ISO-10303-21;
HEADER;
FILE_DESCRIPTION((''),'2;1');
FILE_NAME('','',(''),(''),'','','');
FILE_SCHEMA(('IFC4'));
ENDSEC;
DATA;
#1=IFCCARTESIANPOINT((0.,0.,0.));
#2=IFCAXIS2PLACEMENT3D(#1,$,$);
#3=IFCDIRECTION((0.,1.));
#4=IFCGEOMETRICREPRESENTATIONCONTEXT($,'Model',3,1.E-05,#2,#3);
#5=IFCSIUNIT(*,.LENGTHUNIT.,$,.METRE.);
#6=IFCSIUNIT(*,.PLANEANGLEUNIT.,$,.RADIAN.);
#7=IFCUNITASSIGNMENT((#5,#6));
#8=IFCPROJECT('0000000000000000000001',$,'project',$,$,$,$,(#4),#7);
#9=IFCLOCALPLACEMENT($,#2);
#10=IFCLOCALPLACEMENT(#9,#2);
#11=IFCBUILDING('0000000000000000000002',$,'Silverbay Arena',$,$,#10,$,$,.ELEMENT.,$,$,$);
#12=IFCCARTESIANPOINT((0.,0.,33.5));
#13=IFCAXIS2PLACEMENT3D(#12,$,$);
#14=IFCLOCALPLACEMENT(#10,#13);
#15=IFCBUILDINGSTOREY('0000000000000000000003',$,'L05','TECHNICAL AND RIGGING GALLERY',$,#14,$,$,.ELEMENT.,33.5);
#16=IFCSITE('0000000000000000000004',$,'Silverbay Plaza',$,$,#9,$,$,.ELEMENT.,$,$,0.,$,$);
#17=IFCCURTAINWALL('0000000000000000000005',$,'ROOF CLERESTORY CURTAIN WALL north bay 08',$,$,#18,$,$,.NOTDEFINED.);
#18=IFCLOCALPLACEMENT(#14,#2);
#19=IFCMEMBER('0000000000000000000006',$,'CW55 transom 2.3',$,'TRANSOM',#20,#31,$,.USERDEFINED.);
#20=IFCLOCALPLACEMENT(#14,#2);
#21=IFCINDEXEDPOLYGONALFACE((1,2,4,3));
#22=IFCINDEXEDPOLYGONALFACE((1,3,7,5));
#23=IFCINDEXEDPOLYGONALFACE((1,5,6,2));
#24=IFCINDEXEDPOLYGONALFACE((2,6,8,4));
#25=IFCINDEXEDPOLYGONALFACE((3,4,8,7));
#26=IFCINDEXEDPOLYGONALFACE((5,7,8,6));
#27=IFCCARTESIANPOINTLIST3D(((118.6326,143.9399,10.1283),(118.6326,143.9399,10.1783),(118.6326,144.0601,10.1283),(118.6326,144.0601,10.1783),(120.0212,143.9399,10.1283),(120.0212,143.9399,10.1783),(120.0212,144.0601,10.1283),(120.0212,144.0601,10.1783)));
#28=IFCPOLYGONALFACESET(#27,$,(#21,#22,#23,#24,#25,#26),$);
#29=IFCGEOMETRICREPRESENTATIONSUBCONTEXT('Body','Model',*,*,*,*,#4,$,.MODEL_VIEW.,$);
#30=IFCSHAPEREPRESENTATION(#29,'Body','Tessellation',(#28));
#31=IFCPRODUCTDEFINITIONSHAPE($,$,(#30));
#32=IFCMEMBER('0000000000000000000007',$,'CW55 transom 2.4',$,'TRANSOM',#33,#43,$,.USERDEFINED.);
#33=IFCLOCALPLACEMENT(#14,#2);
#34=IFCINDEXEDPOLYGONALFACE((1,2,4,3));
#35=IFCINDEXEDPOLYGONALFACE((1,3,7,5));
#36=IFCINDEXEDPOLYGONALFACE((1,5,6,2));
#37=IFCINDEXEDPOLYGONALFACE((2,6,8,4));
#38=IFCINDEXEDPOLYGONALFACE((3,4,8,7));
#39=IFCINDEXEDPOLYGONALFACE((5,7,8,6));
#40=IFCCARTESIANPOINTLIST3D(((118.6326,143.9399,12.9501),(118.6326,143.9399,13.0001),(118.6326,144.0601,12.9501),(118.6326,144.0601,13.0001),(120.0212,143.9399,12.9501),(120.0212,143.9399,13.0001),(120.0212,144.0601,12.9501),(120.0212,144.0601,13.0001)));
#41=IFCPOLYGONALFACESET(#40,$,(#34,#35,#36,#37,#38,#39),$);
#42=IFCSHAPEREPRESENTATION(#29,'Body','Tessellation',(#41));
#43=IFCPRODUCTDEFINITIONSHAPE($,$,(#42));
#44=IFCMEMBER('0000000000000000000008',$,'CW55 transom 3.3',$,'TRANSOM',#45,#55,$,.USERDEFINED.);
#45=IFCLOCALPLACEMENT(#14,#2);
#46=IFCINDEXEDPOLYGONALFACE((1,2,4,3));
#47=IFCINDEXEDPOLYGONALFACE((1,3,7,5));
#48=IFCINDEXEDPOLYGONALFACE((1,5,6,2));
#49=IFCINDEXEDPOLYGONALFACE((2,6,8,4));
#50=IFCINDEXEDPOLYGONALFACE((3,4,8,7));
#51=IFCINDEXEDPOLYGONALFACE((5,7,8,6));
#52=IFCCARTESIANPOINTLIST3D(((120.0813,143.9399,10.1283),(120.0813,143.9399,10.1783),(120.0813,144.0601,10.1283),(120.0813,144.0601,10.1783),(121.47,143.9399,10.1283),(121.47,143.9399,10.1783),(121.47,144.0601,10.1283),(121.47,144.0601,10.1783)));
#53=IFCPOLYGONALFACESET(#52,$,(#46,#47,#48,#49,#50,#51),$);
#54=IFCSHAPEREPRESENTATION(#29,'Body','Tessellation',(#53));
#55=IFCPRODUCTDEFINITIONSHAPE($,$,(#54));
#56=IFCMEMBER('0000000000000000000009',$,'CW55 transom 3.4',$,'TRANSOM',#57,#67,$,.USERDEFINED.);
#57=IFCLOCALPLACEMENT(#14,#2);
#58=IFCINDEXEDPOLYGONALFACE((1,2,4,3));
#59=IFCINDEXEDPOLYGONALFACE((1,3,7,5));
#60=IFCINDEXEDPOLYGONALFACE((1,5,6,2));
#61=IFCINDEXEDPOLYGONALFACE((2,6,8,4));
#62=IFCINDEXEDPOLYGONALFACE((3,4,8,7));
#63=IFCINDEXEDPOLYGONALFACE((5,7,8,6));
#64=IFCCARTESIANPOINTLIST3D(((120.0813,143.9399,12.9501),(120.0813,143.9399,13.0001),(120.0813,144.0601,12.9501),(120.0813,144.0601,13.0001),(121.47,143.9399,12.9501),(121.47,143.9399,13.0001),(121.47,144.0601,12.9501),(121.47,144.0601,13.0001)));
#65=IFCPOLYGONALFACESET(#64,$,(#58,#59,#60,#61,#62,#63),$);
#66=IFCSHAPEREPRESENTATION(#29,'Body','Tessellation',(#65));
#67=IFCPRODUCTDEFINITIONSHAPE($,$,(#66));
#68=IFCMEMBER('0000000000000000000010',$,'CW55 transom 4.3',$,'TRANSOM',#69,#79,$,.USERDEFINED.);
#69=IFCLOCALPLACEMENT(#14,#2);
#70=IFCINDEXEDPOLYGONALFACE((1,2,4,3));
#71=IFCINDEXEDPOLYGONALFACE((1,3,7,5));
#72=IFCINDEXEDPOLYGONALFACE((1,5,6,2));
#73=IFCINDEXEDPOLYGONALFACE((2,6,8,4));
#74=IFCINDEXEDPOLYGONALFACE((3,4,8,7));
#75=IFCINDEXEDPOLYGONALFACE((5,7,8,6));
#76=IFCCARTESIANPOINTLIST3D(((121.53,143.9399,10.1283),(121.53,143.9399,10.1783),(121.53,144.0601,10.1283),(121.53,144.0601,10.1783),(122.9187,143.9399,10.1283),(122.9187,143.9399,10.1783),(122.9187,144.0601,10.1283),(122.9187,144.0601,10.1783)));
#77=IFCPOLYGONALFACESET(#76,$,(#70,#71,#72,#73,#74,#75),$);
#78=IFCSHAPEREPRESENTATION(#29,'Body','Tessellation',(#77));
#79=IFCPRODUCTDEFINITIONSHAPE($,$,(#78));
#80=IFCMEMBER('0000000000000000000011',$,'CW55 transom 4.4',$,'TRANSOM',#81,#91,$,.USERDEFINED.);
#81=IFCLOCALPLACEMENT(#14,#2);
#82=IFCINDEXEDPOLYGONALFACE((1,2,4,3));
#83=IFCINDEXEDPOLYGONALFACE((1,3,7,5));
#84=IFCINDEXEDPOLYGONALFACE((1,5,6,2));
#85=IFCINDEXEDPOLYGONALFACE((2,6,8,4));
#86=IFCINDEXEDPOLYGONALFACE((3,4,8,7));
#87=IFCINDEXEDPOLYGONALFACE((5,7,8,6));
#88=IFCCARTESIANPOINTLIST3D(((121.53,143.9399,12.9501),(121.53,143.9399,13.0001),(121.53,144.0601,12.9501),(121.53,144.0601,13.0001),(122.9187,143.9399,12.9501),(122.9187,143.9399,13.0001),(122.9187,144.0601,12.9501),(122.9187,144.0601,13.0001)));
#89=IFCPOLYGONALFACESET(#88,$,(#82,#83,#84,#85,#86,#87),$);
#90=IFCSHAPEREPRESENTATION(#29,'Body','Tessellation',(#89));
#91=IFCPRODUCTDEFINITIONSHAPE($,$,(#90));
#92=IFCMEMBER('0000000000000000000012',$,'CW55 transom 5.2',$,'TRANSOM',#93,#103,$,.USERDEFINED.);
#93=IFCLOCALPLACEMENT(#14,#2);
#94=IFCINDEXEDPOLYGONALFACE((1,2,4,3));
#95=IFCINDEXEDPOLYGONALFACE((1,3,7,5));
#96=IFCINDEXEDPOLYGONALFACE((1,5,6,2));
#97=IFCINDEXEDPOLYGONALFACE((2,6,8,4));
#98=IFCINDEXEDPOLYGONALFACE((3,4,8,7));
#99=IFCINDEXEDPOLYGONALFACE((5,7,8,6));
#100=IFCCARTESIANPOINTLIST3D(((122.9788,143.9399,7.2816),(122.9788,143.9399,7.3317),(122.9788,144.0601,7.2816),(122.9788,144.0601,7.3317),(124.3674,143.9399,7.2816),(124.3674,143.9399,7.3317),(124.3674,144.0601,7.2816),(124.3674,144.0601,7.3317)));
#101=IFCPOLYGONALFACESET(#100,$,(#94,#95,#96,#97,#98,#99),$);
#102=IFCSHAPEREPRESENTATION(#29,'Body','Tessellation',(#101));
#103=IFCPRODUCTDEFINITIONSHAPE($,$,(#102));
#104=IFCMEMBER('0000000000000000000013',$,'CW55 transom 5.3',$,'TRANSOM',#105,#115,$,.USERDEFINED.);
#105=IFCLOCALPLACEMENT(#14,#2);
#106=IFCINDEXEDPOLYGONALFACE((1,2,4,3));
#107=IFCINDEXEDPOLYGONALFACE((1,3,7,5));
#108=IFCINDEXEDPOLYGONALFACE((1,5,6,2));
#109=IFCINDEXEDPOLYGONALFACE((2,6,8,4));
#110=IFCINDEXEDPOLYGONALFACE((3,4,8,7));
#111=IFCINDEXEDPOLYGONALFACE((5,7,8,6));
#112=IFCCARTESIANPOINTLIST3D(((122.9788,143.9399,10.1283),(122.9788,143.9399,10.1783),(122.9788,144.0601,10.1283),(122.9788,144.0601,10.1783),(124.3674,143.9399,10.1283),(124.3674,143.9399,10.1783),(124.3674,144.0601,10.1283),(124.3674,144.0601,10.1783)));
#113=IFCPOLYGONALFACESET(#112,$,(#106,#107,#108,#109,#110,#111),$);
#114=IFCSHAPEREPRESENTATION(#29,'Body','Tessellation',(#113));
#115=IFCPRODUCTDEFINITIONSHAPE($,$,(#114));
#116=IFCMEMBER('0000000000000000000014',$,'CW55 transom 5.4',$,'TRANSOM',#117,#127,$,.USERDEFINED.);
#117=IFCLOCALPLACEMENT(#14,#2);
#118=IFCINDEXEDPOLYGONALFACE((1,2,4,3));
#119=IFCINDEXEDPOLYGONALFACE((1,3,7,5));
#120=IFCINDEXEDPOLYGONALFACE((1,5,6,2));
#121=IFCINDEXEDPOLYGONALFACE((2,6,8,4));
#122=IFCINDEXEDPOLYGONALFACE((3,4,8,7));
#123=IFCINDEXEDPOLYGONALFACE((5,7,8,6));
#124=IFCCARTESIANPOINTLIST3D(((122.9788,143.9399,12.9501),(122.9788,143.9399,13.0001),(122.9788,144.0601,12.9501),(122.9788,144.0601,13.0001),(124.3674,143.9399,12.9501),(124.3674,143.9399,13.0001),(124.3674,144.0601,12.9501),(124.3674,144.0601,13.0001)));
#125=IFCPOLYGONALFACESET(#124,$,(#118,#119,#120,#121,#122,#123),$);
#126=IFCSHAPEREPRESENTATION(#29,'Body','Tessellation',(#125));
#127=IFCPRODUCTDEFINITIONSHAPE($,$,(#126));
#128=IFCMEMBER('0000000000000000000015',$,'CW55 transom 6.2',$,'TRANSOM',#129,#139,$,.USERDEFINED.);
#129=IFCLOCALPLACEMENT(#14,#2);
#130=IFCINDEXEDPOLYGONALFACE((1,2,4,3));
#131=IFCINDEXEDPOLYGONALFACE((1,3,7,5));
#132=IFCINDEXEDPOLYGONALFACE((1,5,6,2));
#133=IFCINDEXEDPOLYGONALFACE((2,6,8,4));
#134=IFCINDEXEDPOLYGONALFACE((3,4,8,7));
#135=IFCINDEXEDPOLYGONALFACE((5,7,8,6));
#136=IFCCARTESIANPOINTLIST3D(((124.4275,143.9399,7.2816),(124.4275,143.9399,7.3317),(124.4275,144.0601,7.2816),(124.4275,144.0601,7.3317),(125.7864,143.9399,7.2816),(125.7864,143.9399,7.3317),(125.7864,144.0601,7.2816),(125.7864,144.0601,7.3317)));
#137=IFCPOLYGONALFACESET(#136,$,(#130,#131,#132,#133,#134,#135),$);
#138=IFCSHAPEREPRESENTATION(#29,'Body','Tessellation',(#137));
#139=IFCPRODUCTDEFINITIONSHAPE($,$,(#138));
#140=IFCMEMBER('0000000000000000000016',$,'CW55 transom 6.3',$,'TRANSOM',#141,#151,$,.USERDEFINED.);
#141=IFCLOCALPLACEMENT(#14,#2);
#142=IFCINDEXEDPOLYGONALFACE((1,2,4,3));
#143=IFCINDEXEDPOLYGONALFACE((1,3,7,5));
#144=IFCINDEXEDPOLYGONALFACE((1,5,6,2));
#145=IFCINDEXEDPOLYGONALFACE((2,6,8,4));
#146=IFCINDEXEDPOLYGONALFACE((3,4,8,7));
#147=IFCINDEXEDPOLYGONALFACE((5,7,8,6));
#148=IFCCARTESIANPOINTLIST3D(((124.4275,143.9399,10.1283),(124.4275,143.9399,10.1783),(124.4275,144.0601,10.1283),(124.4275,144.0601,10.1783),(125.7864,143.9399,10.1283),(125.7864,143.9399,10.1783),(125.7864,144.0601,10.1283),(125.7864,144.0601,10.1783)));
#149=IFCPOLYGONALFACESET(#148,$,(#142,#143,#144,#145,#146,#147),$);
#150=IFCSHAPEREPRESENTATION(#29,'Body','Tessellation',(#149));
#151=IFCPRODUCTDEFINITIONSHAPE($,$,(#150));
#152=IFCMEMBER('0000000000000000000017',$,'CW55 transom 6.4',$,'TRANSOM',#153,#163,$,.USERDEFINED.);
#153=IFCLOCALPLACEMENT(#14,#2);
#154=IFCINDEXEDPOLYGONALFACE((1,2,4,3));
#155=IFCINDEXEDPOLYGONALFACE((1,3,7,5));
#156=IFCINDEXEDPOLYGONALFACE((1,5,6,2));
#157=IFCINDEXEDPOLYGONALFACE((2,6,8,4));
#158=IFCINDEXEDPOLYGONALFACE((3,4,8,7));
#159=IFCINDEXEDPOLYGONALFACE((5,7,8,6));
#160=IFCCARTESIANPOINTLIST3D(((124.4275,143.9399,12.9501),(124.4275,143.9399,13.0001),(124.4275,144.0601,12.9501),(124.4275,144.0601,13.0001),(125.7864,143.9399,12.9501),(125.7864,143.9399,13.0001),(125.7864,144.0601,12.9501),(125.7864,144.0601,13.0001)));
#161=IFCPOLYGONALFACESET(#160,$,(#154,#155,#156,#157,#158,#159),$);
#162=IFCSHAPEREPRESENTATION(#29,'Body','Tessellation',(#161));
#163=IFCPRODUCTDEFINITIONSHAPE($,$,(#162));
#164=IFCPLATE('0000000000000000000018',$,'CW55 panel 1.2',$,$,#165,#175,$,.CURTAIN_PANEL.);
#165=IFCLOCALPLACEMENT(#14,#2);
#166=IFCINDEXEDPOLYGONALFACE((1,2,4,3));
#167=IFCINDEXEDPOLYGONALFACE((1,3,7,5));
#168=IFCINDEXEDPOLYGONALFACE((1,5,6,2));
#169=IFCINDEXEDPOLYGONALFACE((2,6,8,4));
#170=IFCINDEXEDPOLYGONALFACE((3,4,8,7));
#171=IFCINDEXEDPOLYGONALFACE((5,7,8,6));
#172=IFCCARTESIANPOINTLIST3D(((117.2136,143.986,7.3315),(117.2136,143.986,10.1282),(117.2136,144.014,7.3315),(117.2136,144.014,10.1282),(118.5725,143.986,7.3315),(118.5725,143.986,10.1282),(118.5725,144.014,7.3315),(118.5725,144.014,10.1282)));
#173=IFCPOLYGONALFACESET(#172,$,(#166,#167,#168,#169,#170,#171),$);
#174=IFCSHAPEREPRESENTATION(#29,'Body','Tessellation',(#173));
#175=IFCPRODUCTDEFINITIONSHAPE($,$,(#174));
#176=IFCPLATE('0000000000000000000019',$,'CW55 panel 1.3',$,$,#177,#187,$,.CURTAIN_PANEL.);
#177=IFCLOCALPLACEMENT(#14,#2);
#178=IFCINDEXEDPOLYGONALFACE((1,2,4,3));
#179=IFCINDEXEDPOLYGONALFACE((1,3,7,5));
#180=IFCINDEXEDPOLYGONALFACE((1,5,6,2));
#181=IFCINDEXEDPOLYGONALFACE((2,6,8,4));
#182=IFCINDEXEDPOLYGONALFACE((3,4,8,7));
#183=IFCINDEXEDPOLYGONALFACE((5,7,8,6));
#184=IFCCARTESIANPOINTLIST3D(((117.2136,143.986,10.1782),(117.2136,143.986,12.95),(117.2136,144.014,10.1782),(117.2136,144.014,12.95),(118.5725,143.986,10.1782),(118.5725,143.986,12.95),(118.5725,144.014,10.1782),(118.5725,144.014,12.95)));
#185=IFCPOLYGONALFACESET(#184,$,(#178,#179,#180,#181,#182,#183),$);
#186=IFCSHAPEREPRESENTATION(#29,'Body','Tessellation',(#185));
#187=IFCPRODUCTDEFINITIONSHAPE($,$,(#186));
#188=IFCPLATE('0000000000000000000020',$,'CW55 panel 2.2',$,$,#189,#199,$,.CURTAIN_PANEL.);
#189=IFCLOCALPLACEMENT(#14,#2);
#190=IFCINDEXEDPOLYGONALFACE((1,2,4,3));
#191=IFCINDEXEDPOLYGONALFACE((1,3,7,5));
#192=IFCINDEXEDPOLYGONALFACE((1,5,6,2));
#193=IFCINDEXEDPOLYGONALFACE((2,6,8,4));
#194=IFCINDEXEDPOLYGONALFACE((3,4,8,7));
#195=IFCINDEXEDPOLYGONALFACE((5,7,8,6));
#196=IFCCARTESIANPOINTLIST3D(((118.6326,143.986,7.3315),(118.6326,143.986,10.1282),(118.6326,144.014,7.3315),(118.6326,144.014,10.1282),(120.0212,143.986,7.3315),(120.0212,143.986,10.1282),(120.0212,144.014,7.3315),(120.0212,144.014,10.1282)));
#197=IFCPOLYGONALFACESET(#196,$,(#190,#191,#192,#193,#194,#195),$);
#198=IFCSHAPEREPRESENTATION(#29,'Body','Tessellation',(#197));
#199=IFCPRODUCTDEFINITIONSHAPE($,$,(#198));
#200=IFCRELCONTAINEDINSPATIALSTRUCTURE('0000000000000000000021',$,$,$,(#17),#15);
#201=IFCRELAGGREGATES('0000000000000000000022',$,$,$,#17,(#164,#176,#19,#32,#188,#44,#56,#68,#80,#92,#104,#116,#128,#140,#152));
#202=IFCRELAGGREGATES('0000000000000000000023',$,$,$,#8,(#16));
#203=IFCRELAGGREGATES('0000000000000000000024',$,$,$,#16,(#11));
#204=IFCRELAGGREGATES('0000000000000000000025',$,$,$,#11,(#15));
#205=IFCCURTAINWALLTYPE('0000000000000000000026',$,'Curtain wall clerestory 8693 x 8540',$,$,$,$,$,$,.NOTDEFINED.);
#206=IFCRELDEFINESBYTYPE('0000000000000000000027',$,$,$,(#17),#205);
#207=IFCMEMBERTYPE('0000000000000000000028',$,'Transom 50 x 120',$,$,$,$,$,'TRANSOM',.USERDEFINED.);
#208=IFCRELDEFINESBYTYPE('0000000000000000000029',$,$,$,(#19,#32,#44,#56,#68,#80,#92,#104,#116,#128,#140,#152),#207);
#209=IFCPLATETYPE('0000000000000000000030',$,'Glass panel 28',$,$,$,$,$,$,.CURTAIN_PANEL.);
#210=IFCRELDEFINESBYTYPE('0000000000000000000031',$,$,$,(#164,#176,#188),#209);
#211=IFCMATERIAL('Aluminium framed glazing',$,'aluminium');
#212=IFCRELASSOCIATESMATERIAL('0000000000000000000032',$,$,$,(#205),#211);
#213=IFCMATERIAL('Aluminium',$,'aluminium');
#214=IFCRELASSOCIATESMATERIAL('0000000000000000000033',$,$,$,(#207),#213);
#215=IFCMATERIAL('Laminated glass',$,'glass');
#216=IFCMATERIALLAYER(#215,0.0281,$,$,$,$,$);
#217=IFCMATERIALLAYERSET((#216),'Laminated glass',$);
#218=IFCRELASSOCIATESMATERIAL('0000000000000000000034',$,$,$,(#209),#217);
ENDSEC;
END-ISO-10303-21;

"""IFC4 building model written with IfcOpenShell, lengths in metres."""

from ifc_helpers import new_model, si_unit, direction, frame, origin, origin_2d, place, context, subcontext, project, spatial, rectangle, extrude, material, layer, layer_set, material_profile, profile_set, type_object, element, aggregate, save


model = new_model("IFC4")

# Units and contexts
model_context = context("Model", 3, precision=1e-05, world=origin(), true_north=direction((0.0, 1.0)))
body_context = subcontext(model_context, "Body", "Model", "MODEL_VIEW")
ifc_project = project(units=[si_unit("LENGTHUNIT", "METRE"), si_unit("PLANEANGLEUNIT", "RADIAN")], contexts=[model_context])

# Site, building, storey
site_placement = place(None, origin())
site = spatial("IfcSite", under=ifc_project, at=site_placement, Name="Silverbay Plaza", CompositionType="ELEMENT", RefElevation=0.0)
building_placement = place(site_placement, origin())
building = spatial("IfcBuilding", under=site, at=building_placement, Name="Silverbay Arena", CompositionType="ELEMENT")
storey_placement = place(building_placement, frame((0.0, 0.0, 33.5)))
storey = spatial("IfcBuildingStorey", under=building, at=storey_placement, Name="L05", Description="TECHNICAL AND RIGGING GALLERY", CompositionType="ELEMENT", Elevation=33.5)

# Curtain wall, members, plates
ifc_material_1 = material(Name="Aluminium framed glazing", Category="aluminium")
curtain_wall_type = type_object("IfcCurtainWallType", Name="Curtain wall clerestory 8693 x 8540", PredefinedType="NOTDEFINED", material=ifc_material_1)
curtain_wall_placement = place(storey_placement, origin())
curtain_wall = element("IfcCurtainWall", 1, at=curtain_wall_placement, inside=storey, type_object=curtain_wall_type, Name="ROOF CLERESTORY CURTAIN WALL north bay 08", PredefinedType="NOTDEFINED")
ifc_material_2 = material(Name="Aluminium", Category="aluminium")
ifc_material_profile_1 = material_profile(ifc_material_2, rectangle(XDim=0.1201, YDim=0.05, at=origin_2d()), Name="Transom 50 x 120")
ifc_profile_set_1 = profile_set([ifc_material_profile_1], Name="Aluminium")
member_type_1 = type_object("IfcMemberType", Name="Transom 50 x 120", ElementType="TRANSOM", PredefinedType="USERDEFINED", material=ifc_profile_set_1)
member_1_placement = place(storey_placement, frame((118.6326, 144.0, 10.1533), z_axis=(1.0, 0.0, 0.0), x_axis=(0.0, 1.0, 0.0)))
member_1 = element("IfcMember", 2, at=member_1_placement, type_object=member_type_1, Name="CW55 transom 2.3", ObjectType="TRANSOM", PredefinedType="USERDEFINED", context=body_context, shape_type="SweptSolid", body=[
    extrude(rectangle(XDim=0.1201, YDim=0.05, at=origin_2d()), origin(), (0.0, 0.0, 1.0), 1.3887),
])
member_2_placement = place(storey_placement, frame((118.6326, 144.0, 12.9751), z_axis=(1.0, 0.0, 0.0), x_axis=(0.0, 1.0, 0.0)))
member_2 = element("IfcMember", 3, at=member_2_placement, type_object=member_type_1, Name="CW55 transom 2.4", ObjectType="TRANSOM", PredefinedType="USERDEFINED", context=body_context, shape_type="SweptSolid", body=[
    extrude(rectangle(XDim=0.1201, YDim=0.05, at=origin_2d()), origin(), (0.0, 0.0, 1.0), 1.3887),
])
member_3_placement = place(storey_placement, frame((120.0813, 144.0, 10.1533), z_axis=(1.0, 0.0, 0.0), x_axis=(0.0, 1.0, 0.0)))
member_3 = element("IfcMember", 4, at=member_3_placement, type_object=member_type_1, Name="CW55 transom 3.3", ObjectType="TRANSOM", PredefinedType="USERDEFINED", context=body_context, shape_type="SweptSolid", body=[
    extrude(rectangle(XDim=0.1201, YDim=0.05, at=origin_2d()), origin(), (0.0, 0.0, 1.0), 1.3887),
])
member_4_placement = place(storey_placement, frame((120.0813, 144.0, 12.9751), z_axis=(1.0, 0.0, 0.0), x_axis=(0.0, 1.0, 0.0)))
member_4 = element("IfcMember", 5, at=member_4_placement, type_object=member_type_1, Name="CW55 transom 3.4", ObjectType="TRANSOM", PredefinedType="USERDEFINED", context=body_context, shape_type="SweptSolid", body=[
    extrude(rectangle(XDim=0.1201, YDim=0.05, at=origin_2d()), origin(), (0.0, 0.0, 1.0), 1.3887),
])
member_5_placement = place(storey_placement, frame((121.53, 144.0, 10.1533), z_axis=(1.0, 0.0, 0.0), x_axis=(0.0, 1.0, 0.0)))
member_5 = element("IfcMember", 6, at=member_5_placement, type_object=member_type_1, Name="CW55 transom 4.3", ObjectType="TRANSOM", PredefinedType="USERDEFINED", context=body_context, shape_type="SweptSolid", body=[
    extrude(rectangle(XDim=0.1201, YDim=0.05, at=origin_2d()), origin(), (0.0, 0.0, 1.0), 1.3887),
])
member_6_placement = place(storey_placement, frame((121.53, 144.0, 12.9751), z_axis=(1.0, 0.0, 0.0), x_axis=(0.0, 1.0, 0.0)))
member_6 = element("IfcMember", 7, at=member_6_placement, type_object=member_type_1, Name="CW55 transom 4.4", ObjectType="TRANSOM", PredefinedType="USERDEFINED", context=body_context, shape_type="SweptSolid", body=[
    extrude(rectangle(XDim=0.1201, YDim=0.05, at=origin_2d()), origin(), (0.0, 0.0, 1.0), 1.3887),
])
member_7_placement = place(storey_placement, frame((122.9788, 144.0, 7.3066), z_axis=(1.0, 0.0, 0.0), x_axis=(0.0, 1.0, 0.0)))
member_7 = element("IfcMember", 8, at=member_7_placement, type_object=member_type_1, Name="CW55 transom 5.2", ObjectType="TRANSOM", PredefinedType="USERDEFINED", context=body_context, shape_type="SweptSolid", body=[
    extrude(rectangle(XDim=0.1201, YDim=0.05, at=origin_2d()), origin(), (0.0, 0.0, 1.0), 1.3887),
])
member_8_placement = place(storey_placement, frame((122.9788, 144.0, 10.1533), z_axis=(1.0, 0.0, 0.0), x_axis=(0.0, 1.0, 0.0)))
member_8 = element("IfcMember", 9, at=member_8_placement, type_object=member_type_1, Name="CW55 transom 5.3", ObjectType="TRANSOM", PredefinedType="USERDEFINED", context=body_context, shape_type="SweptSolid", body=[
    extrude(rectangle(XDim=0.1201, YDim=0.05, at=origin_2d()), origin(), (0.0, 0.0, 1.0), 1.3887),
])
member_9_placement = place(storey_placement, frame((122.9788, 144.0, 12.9751), z_axis=(1.0, 0.0, 0.0), x_axis=(0.0, 1.0, 0.0)))
member_9 = element("IfcMember", 10, at=member_9_placement, type_object=member_type_1, Name="CW55 transom 5.4", ObjectType="TRANSOM", PredefinedType="USERDEFINED", context=body_context, shape_type="SweptSolid", body=[
    extrude(rectangle(XDim=0.1201, YDim=0.05, at=origin_2d()), origin(), (0.0, 0.0, 1.0), 1.3887),
])
member_10_placement = place(storey_placement, frame((124.4275, 144.0, 7.3066), z_axis=(1.0, 0.0, 0.0), x_axis=(0.0, 1.0, 0.0)))
member_10 = element("IfcMember", 11, at=member_10_placement, type_object=member_type_1, Name="CW55 transom 6.2", ObjectType="TRANSOM", PredefinedType="USERDEFINED", context=body_context, shape_type="SweptSolid", body=[
    extrude(rectangle(XDim=0.1201, YDim=0.05, at=origin_2d()), origin(), (0.0, 0.0, 1.0), 1.3589),
])
member_11_placement = place(storey_placement, frame((124.4275, 144.0, 10.1533), z_axis=(1.0, 0.0, 0.0), x_axis=(0.0, 1.0, 0.0)))
member_11 = element("IfcMember", 12, at=member_11_placement, type_object=member_type_1, Name="CW55 transom 6.3", ObjectType="TRANSOM", PredefinedType="USERDEFINED", context=body_context, shape_type="SweptSolid", body=[
    extrude(rectangle(XDim=0.1201, YDim=0.05, at=origin_2d()), origin(), (0.0, 0.0, 1.0), 1.3589),
])
member_12_placement = place(storey_placement, frame((124.4275, 144.0, 12.9751), z_axis=(1.0, 0.0, 0.0), x_axis=(0.0, 1.0, 0.0)))
member_12 = element("IfcMember", 13, at=member_12_placement, type_object=member_type_1, Name="CW55 transom 6.4", ObjectType="TRANSOM", PredefinedType="USERDEFINED", context=body_context, shape_type="SweptSolid", body=[
    extrude(rectangle(XDim=0.1201, YDim=0.05, at=origin_2d()), origin(), (0.0, 0.0, 1.0), 1.3589),
])
ifc_material_3 = material(Name="Laminated glass", Category="glass")
ifc_layer = layer(ifc_material_3, 0.0281)
ifc_layer_set = layer_set([ifc_layer], Name="Laminated glass")
plate_type = type_object("IfcPlateType", Name="Glass panel 28", PredefinedType="CURTAIN_PANEL", material=ifc_layer_set)
plate_1_placement = place(storey_placement, frame((117.8931, 144.0, 7.3315), z_axis=(0.0, 0.0, 1.0), x_axis=(1.0, 0.0, 0.0)))
plate_1 = element("IfcPlate", 14, at=plate_1_placement, type_object=plate_type, Name="CW55 panel 1.2", PredefinedType="CURTAIN_PANEL", context=body_context, shape_type="SweptSolid", body=[
    extrude(rectangle(XDim=1.3589, YDim=0.0281, at=origin_2d()), origin(), (0.0, 0.0, 1.0), 2.7966),
])
plate_2_placement = place(storey_placement, frame((117.8931, 144.0, 10.1782), z_axis=(0.0, 0.0, 1.0), x_axis=(1.0, 0.0, 0.0)))
plate_2 = element("IfcPlate", 15, at=plate_2_placement, type_object=plate_type, Name="CW55 panel 1.3", PredefinedType="CURTAIN_PANEL", context=body_context, shape_type="SweptSolid", body=[
    extrude(rectangle(XDim=1.3589, YDim=0.0281, at=origin_2d()), origin(), (0.0, 0.0, 1.0), 2.7717),
])
plate_3_placement = place(storey_placement, frame((119.3269, 144.0, 7.3315), z_axis=(0.0, 0.0, 1.0), x_axis=(1.0, 0.0, 0.0)))
plate_3 = element("IfcPlate", 16, at=plate_3_placement, type_object=plate_type, Name="CW55 panel 2.2", PredefinedType="CURTAIN_PANEL", context=body_context, shape_type="SweptSolid", body=[
    extrude(rectangle(XDim=1.3887, YDim=0.0281, at=origin_2d()), origin(), (0.0, 0.0, 1.0), 2.7966),
])
aggregate(curtain_wall, [plate_1, plate_2, member_1, member_2, plate_3, member_3, member_4, member_5, member_6, member_7, member_8, member_9, member_10, member_11, member_12])

save(model, "model.ifc")
